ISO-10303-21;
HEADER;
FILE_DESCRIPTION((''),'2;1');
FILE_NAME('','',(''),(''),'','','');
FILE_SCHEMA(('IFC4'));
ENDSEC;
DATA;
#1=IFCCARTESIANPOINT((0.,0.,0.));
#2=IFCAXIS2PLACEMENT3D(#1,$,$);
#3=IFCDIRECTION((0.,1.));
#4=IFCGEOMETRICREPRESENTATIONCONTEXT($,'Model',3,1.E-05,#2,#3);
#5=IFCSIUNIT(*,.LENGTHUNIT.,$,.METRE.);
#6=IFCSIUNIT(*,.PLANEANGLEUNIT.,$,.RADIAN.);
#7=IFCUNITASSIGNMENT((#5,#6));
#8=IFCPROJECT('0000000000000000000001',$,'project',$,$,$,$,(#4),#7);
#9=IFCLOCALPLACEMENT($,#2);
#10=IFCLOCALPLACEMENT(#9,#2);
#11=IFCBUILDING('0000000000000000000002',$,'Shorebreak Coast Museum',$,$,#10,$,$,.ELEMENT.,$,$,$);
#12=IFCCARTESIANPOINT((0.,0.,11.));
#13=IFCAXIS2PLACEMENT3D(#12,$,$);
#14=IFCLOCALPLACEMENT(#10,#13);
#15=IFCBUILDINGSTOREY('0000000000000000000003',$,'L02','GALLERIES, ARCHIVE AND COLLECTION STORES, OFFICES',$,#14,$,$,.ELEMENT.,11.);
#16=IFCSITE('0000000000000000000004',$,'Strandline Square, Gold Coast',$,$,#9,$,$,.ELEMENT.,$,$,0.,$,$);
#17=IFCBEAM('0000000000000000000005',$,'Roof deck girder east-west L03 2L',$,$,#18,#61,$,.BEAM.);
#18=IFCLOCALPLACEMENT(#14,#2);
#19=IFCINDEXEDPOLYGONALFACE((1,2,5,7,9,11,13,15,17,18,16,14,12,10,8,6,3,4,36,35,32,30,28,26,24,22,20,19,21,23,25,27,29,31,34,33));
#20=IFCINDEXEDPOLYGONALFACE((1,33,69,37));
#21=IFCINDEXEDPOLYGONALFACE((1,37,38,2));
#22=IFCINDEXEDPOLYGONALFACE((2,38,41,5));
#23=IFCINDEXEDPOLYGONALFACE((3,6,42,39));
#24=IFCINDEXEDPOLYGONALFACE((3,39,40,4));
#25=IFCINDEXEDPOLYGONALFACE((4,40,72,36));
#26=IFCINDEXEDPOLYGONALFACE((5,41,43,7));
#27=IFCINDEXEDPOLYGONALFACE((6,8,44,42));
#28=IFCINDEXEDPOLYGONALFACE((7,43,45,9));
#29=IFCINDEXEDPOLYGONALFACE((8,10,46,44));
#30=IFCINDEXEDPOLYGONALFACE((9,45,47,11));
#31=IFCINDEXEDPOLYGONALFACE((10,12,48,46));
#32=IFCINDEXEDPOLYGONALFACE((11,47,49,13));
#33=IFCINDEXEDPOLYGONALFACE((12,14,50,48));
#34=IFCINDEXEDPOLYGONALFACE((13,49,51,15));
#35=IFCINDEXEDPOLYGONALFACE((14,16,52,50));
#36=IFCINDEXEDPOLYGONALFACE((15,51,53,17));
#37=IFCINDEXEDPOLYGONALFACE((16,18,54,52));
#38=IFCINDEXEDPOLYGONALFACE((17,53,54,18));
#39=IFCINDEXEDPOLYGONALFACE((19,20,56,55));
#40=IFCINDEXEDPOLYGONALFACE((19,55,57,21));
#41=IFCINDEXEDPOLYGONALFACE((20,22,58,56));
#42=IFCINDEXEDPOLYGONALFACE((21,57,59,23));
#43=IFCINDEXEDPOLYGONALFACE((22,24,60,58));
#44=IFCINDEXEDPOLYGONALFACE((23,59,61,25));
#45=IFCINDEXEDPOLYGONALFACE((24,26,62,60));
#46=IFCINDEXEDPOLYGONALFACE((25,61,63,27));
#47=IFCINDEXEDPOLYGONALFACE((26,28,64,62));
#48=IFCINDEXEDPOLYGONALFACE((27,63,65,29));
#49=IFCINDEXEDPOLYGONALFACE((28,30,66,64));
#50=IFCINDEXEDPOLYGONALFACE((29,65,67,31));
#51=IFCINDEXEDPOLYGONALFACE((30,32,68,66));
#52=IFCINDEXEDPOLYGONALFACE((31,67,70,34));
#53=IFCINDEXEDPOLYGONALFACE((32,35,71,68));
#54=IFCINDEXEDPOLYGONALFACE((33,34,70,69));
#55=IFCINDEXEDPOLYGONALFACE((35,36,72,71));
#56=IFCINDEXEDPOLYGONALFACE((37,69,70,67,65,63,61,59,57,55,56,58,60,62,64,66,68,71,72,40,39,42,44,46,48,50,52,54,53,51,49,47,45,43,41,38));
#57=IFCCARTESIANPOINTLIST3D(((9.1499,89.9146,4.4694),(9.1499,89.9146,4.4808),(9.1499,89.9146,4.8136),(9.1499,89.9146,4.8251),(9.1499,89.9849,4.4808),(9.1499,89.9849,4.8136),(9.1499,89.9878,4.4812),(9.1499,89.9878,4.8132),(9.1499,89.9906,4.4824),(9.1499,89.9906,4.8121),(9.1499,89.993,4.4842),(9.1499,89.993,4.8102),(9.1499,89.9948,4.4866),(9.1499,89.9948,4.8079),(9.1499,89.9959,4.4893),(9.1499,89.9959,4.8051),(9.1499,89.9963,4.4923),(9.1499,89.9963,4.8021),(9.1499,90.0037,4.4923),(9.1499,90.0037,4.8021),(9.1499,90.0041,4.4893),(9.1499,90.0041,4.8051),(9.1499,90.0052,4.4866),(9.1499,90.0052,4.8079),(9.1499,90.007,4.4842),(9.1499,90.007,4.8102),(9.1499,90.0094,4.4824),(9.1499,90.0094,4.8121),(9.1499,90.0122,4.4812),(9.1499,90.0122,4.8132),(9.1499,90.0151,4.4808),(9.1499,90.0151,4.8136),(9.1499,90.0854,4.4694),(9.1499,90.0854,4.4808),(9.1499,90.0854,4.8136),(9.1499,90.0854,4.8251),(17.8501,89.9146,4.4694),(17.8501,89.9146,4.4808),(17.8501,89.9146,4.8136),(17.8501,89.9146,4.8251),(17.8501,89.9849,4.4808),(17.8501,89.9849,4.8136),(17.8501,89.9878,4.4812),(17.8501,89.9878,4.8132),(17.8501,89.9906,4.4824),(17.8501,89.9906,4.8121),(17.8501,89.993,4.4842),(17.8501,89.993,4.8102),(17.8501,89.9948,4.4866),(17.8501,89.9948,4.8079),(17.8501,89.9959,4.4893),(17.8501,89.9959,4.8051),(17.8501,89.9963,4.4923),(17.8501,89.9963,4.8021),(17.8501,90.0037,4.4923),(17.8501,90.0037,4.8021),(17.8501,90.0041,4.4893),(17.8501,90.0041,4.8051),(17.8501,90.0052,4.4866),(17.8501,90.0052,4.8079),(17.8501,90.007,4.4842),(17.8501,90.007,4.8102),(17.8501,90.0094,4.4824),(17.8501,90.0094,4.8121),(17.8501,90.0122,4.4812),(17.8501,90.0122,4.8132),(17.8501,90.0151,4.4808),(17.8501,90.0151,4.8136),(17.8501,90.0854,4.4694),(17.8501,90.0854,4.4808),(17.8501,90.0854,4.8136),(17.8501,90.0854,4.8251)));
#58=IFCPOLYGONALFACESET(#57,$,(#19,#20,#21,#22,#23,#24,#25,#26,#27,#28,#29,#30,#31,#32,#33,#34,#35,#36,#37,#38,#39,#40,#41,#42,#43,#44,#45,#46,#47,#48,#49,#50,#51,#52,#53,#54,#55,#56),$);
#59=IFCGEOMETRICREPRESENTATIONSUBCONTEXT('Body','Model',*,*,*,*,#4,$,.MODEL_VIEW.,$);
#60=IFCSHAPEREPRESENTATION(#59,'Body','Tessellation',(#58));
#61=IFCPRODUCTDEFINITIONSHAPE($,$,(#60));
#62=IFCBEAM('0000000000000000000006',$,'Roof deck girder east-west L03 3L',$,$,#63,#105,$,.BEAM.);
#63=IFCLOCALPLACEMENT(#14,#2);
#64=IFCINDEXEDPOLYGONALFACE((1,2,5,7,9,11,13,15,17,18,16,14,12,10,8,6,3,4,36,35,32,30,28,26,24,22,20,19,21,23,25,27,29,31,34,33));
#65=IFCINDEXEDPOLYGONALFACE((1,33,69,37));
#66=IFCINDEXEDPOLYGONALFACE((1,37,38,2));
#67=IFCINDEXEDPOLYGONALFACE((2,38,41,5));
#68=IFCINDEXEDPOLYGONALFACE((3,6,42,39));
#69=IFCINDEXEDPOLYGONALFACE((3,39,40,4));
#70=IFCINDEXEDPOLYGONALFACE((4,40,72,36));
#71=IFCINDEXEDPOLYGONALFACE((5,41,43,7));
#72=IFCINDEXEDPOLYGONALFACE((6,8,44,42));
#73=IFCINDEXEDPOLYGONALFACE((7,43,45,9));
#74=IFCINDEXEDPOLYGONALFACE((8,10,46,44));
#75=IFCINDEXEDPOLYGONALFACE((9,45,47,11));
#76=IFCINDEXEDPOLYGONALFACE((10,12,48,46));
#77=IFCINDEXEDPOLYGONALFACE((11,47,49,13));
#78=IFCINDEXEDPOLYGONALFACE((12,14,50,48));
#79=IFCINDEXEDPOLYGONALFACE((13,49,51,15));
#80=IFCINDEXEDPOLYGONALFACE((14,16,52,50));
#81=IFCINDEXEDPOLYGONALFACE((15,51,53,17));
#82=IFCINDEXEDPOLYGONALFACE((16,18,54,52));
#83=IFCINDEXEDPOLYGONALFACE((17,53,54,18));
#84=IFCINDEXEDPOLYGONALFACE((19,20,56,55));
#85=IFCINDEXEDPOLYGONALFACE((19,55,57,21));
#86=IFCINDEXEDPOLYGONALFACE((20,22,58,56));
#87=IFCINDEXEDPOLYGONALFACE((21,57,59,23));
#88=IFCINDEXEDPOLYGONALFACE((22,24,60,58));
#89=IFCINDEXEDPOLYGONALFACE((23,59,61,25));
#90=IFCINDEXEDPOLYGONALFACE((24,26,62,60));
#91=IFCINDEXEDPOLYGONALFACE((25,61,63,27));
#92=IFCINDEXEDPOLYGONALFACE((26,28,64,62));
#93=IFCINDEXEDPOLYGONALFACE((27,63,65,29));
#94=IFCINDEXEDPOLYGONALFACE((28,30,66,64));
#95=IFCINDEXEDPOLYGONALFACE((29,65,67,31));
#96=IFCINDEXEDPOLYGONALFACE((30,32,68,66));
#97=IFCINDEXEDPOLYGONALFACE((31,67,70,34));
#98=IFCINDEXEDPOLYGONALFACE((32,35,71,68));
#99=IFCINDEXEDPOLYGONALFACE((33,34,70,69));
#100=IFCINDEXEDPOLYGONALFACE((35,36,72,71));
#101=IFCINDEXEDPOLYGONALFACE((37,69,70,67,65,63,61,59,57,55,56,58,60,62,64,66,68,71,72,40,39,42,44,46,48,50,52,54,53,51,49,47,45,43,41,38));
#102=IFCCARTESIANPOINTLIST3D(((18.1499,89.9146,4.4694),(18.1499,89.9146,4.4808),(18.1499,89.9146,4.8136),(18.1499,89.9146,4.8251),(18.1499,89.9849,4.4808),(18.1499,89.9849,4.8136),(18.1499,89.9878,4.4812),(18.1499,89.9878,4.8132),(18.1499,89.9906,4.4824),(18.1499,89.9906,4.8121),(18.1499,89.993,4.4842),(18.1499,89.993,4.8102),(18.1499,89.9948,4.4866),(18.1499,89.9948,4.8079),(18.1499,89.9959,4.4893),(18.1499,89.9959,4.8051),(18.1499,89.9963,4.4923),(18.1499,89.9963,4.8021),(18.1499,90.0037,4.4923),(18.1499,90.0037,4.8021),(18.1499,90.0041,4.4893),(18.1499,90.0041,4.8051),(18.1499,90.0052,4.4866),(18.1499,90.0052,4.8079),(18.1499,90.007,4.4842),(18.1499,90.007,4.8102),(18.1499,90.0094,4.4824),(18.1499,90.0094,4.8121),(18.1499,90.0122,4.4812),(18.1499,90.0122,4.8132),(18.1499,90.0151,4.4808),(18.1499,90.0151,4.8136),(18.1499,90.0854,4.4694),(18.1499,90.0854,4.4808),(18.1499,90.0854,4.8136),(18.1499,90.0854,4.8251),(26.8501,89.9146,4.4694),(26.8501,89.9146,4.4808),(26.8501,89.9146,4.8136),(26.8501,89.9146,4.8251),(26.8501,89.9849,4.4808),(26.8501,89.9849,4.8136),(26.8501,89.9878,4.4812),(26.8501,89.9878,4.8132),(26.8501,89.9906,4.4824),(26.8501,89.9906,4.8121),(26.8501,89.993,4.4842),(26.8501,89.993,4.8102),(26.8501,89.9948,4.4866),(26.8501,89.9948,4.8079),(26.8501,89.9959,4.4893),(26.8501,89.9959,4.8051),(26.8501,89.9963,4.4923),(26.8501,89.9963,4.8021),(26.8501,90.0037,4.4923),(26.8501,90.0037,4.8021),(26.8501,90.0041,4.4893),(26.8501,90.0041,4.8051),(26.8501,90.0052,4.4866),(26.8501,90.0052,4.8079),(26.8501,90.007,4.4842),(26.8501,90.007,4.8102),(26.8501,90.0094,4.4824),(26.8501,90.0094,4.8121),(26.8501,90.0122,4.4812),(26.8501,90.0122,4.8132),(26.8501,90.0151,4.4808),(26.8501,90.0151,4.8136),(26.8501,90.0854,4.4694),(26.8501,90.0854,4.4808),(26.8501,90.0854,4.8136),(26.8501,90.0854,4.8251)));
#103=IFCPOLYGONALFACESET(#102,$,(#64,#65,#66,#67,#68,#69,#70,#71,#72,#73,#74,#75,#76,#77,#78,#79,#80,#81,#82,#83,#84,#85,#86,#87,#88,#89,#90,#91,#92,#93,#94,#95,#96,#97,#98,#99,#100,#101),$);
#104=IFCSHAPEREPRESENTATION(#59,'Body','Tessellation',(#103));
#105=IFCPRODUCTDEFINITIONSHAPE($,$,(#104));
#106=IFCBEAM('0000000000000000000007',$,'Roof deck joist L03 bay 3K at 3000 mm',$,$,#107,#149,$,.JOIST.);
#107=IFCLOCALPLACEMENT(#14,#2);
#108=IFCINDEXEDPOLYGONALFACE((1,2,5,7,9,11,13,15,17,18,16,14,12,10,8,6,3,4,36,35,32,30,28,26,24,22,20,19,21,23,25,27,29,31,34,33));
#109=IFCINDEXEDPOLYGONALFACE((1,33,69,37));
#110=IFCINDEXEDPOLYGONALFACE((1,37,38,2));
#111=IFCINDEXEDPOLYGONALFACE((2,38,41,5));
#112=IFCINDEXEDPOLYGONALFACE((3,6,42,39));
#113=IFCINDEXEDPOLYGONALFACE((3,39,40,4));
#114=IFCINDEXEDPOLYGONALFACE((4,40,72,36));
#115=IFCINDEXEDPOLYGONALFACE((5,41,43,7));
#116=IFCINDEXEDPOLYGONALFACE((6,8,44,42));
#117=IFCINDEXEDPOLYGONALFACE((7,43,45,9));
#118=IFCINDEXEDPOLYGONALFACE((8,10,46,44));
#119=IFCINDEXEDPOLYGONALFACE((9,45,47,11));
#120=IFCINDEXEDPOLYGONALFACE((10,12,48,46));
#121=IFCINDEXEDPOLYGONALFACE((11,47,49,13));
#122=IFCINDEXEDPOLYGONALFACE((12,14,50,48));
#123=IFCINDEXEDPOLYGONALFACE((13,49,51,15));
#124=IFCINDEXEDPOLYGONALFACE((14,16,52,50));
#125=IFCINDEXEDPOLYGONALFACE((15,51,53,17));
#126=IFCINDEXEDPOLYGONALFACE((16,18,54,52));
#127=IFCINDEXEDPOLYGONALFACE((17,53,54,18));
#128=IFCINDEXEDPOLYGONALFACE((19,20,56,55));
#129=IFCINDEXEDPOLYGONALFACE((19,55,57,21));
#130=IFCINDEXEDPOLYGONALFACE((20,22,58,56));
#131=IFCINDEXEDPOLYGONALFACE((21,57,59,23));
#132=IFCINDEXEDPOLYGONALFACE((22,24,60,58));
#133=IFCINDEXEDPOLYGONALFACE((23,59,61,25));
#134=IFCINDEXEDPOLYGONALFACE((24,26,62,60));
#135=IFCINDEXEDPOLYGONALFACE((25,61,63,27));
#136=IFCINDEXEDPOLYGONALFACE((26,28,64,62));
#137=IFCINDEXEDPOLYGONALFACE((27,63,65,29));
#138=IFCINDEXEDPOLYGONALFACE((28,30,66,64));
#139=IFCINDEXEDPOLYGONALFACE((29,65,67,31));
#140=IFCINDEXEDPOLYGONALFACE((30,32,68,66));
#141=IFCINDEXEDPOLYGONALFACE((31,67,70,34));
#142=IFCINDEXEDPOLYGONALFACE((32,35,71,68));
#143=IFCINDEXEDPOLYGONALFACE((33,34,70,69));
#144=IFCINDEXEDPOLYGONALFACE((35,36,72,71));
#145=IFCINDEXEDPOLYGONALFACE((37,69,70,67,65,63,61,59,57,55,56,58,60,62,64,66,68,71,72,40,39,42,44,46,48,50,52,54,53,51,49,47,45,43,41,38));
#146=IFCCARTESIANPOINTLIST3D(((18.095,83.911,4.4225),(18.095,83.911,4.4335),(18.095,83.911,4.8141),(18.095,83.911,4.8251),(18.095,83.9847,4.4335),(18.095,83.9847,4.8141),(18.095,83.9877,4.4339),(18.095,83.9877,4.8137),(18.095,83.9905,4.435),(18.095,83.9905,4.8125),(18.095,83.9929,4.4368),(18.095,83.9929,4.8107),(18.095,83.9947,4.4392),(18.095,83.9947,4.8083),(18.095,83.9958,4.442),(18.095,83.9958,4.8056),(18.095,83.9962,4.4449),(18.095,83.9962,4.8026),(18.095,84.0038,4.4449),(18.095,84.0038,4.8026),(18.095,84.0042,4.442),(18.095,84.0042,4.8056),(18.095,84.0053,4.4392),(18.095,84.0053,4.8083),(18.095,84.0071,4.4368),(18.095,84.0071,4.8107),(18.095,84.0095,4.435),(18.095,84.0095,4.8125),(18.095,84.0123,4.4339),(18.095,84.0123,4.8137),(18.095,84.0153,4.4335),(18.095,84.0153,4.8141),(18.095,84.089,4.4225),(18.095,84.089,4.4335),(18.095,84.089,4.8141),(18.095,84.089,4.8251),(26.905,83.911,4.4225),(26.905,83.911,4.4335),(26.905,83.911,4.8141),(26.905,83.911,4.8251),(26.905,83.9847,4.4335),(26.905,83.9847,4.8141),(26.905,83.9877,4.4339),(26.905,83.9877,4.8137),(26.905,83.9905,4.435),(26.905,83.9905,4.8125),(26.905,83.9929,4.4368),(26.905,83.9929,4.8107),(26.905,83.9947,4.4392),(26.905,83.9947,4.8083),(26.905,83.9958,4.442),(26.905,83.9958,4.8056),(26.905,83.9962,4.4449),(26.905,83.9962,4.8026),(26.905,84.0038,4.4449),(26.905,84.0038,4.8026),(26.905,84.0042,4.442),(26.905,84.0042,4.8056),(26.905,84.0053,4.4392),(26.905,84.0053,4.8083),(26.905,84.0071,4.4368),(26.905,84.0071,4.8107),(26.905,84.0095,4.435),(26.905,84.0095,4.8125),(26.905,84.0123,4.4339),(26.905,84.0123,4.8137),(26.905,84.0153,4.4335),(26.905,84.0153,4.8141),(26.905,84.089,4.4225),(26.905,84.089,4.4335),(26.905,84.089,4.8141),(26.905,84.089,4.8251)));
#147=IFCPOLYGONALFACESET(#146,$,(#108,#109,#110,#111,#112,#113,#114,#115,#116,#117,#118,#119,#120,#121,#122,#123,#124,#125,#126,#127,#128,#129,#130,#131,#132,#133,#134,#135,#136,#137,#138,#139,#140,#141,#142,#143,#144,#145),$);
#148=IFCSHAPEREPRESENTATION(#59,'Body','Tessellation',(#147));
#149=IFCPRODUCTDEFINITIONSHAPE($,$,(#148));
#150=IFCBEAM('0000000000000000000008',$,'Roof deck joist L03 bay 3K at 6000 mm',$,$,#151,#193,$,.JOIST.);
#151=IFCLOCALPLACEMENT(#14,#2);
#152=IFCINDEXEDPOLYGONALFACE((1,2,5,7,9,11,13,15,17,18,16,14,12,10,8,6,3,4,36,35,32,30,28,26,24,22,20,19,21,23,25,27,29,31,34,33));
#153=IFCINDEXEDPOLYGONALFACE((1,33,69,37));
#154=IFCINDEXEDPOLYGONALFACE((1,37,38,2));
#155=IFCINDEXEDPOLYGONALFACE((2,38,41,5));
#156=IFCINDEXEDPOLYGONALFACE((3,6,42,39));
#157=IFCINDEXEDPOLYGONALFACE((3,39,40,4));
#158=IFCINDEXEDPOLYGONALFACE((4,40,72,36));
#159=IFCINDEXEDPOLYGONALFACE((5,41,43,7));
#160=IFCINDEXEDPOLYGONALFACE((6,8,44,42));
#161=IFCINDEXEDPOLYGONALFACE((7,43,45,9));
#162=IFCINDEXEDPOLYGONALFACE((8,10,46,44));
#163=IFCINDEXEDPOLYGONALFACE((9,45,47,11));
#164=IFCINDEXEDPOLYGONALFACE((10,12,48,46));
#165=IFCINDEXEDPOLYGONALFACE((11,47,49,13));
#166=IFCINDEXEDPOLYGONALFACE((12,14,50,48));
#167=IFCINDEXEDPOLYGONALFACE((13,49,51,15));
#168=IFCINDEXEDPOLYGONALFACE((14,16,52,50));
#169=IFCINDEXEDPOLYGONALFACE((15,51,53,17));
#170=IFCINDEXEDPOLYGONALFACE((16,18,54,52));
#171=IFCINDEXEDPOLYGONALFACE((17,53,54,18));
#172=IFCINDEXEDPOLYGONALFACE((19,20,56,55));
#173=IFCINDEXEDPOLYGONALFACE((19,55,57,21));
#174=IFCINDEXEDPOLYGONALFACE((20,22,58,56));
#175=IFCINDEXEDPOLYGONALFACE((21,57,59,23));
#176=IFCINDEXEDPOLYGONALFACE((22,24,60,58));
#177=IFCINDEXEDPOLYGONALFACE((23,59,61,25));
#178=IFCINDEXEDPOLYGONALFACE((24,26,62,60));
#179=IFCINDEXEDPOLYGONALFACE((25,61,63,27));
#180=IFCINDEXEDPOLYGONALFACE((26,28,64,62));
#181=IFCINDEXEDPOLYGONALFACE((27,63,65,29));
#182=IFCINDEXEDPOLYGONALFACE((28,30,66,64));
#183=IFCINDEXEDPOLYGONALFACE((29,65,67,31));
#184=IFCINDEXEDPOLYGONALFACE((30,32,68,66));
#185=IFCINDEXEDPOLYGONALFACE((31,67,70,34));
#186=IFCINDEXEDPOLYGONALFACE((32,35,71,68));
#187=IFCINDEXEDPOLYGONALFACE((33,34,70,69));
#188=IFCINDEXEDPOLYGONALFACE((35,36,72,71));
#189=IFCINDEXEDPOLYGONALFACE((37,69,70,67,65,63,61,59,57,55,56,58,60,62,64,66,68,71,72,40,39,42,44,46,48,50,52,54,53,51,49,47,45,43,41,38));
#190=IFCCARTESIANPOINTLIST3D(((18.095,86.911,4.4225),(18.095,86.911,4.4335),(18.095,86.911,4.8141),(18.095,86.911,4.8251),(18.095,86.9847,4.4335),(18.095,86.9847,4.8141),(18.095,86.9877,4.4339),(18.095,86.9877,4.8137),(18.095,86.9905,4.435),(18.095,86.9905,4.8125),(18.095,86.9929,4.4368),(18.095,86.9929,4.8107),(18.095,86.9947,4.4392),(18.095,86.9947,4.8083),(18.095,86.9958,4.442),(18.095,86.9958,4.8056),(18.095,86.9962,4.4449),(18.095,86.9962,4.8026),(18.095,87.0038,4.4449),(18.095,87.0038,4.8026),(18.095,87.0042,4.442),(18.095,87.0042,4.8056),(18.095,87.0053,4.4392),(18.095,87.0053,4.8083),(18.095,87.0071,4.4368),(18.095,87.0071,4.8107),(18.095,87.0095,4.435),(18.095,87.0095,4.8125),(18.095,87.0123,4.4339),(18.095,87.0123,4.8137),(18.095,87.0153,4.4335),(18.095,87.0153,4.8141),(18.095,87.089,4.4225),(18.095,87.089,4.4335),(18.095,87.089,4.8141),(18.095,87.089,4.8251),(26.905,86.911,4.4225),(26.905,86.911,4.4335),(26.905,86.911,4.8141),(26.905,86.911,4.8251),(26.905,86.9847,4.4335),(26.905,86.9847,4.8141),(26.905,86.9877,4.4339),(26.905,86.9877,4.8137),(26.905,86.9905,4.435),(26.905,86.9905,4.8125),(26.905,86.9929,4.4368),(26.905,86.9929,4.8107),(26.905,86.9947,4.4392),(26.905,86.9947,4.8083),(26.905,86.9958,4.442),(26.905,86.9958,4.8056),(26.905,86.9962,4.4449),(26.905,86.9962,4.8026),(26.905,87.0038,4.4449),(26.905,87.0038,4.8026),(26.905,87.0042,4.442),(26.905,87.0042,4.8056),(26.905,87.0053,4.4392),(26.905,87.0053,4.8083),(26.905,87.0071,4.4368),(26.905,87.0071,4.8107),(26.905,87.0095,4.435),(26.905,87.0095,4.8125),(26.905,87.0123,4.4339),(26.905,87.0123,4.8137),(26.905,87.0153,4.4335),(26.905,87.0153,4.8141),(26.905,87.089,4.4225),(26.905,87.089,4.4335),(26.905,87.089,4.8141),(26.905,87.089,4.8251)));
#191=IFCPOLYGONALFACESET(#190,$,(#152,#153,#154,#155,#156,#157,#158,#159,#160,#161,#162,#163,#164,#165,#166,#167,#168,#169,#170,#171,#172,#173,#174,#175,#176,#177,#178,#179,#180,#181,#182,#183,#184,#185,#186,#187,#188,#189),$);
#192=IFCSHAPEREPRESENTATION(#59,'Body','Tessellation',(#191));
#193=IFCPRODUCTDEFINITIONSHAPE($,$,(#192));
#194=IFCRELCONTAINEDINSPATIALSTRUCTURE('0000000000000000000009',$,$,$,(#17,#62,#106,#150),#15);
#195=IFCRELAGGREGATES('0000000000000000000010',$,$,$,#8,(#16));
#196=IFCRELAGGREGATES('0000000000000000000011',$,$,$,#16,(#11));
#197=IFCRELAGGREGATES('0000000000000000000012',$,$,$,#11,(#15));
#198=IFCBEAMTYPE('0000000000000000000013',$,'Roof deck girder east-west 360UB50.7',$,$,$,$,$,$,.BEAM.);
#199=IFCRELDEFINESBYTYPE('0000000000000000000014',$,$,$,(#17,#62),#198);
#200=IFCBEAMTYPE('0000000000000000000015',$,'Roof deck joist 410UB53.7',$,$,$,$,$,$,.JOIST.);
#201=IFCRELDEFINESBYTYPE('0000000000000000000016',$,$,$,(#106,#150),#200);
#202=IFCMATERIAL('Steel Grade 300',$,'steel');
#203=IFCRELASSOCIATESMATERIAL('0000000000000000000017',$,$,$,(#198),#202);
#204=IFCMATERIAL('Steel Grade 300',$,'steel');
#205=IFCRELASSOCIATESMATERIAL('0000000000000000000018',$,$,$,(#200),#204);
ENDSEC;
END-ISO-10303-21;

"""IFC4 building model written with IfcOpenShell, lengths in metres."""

from ifc_helpers import new_model, si_unit, direction, frame, origin, origin_2d, place, context, subcontext, project, spatial, i_section, extrude, material, material_profile, profile_set, type_object, element, save


model = new_model("IFC4")

# Units and contexts
model_context = context("Model", 3, precision=1e-05, world=origin(), true_north=direction((0.0, 1.0)))
body_context = subcontext(model_context, "Body", "Model", "MODEL_VIEW")
ifc_project = project(units=[si_unit("LENGTHUNIT", "METRE"), si_unit("PLANEANGLEUNIT", "RADIAN")], contexts=[model_context])

# Site, building, storey
site_placement = place(None, origin())
site = spatial("IfcSite", under=ifc_project, at=site_placement, Name="Strandline Square, Gold Coast", CompositionType="ELEMENT", RefElevation=0.0)
building_placement = place(site_placement, origin())
building = spatial("IfcBuilding", under=site, at=building_placement, Name="Shorebreak Coast Museum", CompositionType="ELEMENT")
storey_placement = place(building_placement, frame((0.0, 0.0, 11.0)))
storey = spatial("IfcBuildingStorey", under=building, at=storey_placement, Name="L02", Description="GALLERIES, ARCHIVE AND COLLECTION STORES, OFFICES", CompositionType="ELEMENT", Elevation=11.0)

# Beams
ifc_material_1 = material(Name="Steel Grade 300", Category="steel")
ifc_material_profile_1 = material_profile(ifc_material_1, i_section(OverallWidth=0.1709, OverallDepth=0.3557, WebThickness=0.0073, FlangeThickness=0.0115, FilletRadius=0.0115, at=origin_2d()), Name="360UB50.7")
ifc_profile_set_1 = profile_set([ifc_material_profile_1], Name="Steel Grade 300")
beam_type_1 = type_object("IfcBeamType", Name="Roof deck girder east-west 360UB50.7", PredefinedType="BEAM", material=ifc_profile_set_1)
for number, where, z_axis, x_axis, name in (
    (1, (9.1499, 90.0, 4.6472), (1.0, 0.0, 0.0), (0.0, 1.0, 0.0), "Roof deck girder east-west L03 2L"),
    (2, (18.1499, 90.0, 4.6472), (1.0, 0.0, 0.0), (0.0, 1.0, 0.0), "Roof deck girder east-west L03 3L"),
):
    element("IfcBeam", number, at=place(storey_placement, frame(where, z_axis=z_axis, x_axis=x_axis)), inside=storey, type_object=beam_type_1, Name=name, PredefinedType="BEAM", context=body_context, shape_type="SweptSolid", body=[
        extrude(i_section(OverallWidth=0.1709, OverallDepth=0.3557, WebThickness=0.0073, FlangeThickness=0.0115, FilletRadius=0.0115, at=origin_2d()), origin(), (0.0, 0.0, 1.0), 8.7002),
    ])
ifc_material_2 = material(Name="Steel Grade 300", Category="steel")
ifc_material_profile_2 = material_profile(ifc_material_2, i_section(OverallWidth=0.178, OverallDepth=0.4026, WebThickness=0.0076, FlangeThickness=0.011, FilletRadius=0.0115, at=origin_2d()), Name="410UB53.7")
ifc_profile_set_2 = profile_set([ifc_material_profile_2], Name="Steel Grade 300")
beam_type_2 = type_object("IfcBeamType", Name="Roof deck joist 410UB53.7", PredefinedType="JOIST", material=ifc_profile_set_2)
for number, where, z_axis, x_axis, name in (
    (3, (18.095, 84.0, 4.6238), (1.0, 0.0, 0.0), (0.0, 1.0, 0.0), "Roof deck joist L03 bay 3K at 3000 mm"),
    (4, (18.095, 87.0, 4.6238), (1.0, 0.0, 0.0), (0.0, 1.0, 0.0), "Roof deck joist L03 bay 3K at 6000 mm"),
):
    element("IfcBeam", number, at=place(storey_placement, frame(where, z_axis=z_axis, x_axis=x_axis)), inside=storey, type_object=beam_type_2, Name=name, PredefinedType="JOIST", context=body_context, shape_type="SweptSolid", body=[
        extrude(i_section(OverallWidth=0.178, OverallDepth=0.4026, WebThickness=0.0076, FlangeThickness=0.011, FilletRadius=0.0115, at=origin_2d()), origin(), (0.0, 0.0, 1.0), 8.8101),
    ])

save(model, "model.ifc")
